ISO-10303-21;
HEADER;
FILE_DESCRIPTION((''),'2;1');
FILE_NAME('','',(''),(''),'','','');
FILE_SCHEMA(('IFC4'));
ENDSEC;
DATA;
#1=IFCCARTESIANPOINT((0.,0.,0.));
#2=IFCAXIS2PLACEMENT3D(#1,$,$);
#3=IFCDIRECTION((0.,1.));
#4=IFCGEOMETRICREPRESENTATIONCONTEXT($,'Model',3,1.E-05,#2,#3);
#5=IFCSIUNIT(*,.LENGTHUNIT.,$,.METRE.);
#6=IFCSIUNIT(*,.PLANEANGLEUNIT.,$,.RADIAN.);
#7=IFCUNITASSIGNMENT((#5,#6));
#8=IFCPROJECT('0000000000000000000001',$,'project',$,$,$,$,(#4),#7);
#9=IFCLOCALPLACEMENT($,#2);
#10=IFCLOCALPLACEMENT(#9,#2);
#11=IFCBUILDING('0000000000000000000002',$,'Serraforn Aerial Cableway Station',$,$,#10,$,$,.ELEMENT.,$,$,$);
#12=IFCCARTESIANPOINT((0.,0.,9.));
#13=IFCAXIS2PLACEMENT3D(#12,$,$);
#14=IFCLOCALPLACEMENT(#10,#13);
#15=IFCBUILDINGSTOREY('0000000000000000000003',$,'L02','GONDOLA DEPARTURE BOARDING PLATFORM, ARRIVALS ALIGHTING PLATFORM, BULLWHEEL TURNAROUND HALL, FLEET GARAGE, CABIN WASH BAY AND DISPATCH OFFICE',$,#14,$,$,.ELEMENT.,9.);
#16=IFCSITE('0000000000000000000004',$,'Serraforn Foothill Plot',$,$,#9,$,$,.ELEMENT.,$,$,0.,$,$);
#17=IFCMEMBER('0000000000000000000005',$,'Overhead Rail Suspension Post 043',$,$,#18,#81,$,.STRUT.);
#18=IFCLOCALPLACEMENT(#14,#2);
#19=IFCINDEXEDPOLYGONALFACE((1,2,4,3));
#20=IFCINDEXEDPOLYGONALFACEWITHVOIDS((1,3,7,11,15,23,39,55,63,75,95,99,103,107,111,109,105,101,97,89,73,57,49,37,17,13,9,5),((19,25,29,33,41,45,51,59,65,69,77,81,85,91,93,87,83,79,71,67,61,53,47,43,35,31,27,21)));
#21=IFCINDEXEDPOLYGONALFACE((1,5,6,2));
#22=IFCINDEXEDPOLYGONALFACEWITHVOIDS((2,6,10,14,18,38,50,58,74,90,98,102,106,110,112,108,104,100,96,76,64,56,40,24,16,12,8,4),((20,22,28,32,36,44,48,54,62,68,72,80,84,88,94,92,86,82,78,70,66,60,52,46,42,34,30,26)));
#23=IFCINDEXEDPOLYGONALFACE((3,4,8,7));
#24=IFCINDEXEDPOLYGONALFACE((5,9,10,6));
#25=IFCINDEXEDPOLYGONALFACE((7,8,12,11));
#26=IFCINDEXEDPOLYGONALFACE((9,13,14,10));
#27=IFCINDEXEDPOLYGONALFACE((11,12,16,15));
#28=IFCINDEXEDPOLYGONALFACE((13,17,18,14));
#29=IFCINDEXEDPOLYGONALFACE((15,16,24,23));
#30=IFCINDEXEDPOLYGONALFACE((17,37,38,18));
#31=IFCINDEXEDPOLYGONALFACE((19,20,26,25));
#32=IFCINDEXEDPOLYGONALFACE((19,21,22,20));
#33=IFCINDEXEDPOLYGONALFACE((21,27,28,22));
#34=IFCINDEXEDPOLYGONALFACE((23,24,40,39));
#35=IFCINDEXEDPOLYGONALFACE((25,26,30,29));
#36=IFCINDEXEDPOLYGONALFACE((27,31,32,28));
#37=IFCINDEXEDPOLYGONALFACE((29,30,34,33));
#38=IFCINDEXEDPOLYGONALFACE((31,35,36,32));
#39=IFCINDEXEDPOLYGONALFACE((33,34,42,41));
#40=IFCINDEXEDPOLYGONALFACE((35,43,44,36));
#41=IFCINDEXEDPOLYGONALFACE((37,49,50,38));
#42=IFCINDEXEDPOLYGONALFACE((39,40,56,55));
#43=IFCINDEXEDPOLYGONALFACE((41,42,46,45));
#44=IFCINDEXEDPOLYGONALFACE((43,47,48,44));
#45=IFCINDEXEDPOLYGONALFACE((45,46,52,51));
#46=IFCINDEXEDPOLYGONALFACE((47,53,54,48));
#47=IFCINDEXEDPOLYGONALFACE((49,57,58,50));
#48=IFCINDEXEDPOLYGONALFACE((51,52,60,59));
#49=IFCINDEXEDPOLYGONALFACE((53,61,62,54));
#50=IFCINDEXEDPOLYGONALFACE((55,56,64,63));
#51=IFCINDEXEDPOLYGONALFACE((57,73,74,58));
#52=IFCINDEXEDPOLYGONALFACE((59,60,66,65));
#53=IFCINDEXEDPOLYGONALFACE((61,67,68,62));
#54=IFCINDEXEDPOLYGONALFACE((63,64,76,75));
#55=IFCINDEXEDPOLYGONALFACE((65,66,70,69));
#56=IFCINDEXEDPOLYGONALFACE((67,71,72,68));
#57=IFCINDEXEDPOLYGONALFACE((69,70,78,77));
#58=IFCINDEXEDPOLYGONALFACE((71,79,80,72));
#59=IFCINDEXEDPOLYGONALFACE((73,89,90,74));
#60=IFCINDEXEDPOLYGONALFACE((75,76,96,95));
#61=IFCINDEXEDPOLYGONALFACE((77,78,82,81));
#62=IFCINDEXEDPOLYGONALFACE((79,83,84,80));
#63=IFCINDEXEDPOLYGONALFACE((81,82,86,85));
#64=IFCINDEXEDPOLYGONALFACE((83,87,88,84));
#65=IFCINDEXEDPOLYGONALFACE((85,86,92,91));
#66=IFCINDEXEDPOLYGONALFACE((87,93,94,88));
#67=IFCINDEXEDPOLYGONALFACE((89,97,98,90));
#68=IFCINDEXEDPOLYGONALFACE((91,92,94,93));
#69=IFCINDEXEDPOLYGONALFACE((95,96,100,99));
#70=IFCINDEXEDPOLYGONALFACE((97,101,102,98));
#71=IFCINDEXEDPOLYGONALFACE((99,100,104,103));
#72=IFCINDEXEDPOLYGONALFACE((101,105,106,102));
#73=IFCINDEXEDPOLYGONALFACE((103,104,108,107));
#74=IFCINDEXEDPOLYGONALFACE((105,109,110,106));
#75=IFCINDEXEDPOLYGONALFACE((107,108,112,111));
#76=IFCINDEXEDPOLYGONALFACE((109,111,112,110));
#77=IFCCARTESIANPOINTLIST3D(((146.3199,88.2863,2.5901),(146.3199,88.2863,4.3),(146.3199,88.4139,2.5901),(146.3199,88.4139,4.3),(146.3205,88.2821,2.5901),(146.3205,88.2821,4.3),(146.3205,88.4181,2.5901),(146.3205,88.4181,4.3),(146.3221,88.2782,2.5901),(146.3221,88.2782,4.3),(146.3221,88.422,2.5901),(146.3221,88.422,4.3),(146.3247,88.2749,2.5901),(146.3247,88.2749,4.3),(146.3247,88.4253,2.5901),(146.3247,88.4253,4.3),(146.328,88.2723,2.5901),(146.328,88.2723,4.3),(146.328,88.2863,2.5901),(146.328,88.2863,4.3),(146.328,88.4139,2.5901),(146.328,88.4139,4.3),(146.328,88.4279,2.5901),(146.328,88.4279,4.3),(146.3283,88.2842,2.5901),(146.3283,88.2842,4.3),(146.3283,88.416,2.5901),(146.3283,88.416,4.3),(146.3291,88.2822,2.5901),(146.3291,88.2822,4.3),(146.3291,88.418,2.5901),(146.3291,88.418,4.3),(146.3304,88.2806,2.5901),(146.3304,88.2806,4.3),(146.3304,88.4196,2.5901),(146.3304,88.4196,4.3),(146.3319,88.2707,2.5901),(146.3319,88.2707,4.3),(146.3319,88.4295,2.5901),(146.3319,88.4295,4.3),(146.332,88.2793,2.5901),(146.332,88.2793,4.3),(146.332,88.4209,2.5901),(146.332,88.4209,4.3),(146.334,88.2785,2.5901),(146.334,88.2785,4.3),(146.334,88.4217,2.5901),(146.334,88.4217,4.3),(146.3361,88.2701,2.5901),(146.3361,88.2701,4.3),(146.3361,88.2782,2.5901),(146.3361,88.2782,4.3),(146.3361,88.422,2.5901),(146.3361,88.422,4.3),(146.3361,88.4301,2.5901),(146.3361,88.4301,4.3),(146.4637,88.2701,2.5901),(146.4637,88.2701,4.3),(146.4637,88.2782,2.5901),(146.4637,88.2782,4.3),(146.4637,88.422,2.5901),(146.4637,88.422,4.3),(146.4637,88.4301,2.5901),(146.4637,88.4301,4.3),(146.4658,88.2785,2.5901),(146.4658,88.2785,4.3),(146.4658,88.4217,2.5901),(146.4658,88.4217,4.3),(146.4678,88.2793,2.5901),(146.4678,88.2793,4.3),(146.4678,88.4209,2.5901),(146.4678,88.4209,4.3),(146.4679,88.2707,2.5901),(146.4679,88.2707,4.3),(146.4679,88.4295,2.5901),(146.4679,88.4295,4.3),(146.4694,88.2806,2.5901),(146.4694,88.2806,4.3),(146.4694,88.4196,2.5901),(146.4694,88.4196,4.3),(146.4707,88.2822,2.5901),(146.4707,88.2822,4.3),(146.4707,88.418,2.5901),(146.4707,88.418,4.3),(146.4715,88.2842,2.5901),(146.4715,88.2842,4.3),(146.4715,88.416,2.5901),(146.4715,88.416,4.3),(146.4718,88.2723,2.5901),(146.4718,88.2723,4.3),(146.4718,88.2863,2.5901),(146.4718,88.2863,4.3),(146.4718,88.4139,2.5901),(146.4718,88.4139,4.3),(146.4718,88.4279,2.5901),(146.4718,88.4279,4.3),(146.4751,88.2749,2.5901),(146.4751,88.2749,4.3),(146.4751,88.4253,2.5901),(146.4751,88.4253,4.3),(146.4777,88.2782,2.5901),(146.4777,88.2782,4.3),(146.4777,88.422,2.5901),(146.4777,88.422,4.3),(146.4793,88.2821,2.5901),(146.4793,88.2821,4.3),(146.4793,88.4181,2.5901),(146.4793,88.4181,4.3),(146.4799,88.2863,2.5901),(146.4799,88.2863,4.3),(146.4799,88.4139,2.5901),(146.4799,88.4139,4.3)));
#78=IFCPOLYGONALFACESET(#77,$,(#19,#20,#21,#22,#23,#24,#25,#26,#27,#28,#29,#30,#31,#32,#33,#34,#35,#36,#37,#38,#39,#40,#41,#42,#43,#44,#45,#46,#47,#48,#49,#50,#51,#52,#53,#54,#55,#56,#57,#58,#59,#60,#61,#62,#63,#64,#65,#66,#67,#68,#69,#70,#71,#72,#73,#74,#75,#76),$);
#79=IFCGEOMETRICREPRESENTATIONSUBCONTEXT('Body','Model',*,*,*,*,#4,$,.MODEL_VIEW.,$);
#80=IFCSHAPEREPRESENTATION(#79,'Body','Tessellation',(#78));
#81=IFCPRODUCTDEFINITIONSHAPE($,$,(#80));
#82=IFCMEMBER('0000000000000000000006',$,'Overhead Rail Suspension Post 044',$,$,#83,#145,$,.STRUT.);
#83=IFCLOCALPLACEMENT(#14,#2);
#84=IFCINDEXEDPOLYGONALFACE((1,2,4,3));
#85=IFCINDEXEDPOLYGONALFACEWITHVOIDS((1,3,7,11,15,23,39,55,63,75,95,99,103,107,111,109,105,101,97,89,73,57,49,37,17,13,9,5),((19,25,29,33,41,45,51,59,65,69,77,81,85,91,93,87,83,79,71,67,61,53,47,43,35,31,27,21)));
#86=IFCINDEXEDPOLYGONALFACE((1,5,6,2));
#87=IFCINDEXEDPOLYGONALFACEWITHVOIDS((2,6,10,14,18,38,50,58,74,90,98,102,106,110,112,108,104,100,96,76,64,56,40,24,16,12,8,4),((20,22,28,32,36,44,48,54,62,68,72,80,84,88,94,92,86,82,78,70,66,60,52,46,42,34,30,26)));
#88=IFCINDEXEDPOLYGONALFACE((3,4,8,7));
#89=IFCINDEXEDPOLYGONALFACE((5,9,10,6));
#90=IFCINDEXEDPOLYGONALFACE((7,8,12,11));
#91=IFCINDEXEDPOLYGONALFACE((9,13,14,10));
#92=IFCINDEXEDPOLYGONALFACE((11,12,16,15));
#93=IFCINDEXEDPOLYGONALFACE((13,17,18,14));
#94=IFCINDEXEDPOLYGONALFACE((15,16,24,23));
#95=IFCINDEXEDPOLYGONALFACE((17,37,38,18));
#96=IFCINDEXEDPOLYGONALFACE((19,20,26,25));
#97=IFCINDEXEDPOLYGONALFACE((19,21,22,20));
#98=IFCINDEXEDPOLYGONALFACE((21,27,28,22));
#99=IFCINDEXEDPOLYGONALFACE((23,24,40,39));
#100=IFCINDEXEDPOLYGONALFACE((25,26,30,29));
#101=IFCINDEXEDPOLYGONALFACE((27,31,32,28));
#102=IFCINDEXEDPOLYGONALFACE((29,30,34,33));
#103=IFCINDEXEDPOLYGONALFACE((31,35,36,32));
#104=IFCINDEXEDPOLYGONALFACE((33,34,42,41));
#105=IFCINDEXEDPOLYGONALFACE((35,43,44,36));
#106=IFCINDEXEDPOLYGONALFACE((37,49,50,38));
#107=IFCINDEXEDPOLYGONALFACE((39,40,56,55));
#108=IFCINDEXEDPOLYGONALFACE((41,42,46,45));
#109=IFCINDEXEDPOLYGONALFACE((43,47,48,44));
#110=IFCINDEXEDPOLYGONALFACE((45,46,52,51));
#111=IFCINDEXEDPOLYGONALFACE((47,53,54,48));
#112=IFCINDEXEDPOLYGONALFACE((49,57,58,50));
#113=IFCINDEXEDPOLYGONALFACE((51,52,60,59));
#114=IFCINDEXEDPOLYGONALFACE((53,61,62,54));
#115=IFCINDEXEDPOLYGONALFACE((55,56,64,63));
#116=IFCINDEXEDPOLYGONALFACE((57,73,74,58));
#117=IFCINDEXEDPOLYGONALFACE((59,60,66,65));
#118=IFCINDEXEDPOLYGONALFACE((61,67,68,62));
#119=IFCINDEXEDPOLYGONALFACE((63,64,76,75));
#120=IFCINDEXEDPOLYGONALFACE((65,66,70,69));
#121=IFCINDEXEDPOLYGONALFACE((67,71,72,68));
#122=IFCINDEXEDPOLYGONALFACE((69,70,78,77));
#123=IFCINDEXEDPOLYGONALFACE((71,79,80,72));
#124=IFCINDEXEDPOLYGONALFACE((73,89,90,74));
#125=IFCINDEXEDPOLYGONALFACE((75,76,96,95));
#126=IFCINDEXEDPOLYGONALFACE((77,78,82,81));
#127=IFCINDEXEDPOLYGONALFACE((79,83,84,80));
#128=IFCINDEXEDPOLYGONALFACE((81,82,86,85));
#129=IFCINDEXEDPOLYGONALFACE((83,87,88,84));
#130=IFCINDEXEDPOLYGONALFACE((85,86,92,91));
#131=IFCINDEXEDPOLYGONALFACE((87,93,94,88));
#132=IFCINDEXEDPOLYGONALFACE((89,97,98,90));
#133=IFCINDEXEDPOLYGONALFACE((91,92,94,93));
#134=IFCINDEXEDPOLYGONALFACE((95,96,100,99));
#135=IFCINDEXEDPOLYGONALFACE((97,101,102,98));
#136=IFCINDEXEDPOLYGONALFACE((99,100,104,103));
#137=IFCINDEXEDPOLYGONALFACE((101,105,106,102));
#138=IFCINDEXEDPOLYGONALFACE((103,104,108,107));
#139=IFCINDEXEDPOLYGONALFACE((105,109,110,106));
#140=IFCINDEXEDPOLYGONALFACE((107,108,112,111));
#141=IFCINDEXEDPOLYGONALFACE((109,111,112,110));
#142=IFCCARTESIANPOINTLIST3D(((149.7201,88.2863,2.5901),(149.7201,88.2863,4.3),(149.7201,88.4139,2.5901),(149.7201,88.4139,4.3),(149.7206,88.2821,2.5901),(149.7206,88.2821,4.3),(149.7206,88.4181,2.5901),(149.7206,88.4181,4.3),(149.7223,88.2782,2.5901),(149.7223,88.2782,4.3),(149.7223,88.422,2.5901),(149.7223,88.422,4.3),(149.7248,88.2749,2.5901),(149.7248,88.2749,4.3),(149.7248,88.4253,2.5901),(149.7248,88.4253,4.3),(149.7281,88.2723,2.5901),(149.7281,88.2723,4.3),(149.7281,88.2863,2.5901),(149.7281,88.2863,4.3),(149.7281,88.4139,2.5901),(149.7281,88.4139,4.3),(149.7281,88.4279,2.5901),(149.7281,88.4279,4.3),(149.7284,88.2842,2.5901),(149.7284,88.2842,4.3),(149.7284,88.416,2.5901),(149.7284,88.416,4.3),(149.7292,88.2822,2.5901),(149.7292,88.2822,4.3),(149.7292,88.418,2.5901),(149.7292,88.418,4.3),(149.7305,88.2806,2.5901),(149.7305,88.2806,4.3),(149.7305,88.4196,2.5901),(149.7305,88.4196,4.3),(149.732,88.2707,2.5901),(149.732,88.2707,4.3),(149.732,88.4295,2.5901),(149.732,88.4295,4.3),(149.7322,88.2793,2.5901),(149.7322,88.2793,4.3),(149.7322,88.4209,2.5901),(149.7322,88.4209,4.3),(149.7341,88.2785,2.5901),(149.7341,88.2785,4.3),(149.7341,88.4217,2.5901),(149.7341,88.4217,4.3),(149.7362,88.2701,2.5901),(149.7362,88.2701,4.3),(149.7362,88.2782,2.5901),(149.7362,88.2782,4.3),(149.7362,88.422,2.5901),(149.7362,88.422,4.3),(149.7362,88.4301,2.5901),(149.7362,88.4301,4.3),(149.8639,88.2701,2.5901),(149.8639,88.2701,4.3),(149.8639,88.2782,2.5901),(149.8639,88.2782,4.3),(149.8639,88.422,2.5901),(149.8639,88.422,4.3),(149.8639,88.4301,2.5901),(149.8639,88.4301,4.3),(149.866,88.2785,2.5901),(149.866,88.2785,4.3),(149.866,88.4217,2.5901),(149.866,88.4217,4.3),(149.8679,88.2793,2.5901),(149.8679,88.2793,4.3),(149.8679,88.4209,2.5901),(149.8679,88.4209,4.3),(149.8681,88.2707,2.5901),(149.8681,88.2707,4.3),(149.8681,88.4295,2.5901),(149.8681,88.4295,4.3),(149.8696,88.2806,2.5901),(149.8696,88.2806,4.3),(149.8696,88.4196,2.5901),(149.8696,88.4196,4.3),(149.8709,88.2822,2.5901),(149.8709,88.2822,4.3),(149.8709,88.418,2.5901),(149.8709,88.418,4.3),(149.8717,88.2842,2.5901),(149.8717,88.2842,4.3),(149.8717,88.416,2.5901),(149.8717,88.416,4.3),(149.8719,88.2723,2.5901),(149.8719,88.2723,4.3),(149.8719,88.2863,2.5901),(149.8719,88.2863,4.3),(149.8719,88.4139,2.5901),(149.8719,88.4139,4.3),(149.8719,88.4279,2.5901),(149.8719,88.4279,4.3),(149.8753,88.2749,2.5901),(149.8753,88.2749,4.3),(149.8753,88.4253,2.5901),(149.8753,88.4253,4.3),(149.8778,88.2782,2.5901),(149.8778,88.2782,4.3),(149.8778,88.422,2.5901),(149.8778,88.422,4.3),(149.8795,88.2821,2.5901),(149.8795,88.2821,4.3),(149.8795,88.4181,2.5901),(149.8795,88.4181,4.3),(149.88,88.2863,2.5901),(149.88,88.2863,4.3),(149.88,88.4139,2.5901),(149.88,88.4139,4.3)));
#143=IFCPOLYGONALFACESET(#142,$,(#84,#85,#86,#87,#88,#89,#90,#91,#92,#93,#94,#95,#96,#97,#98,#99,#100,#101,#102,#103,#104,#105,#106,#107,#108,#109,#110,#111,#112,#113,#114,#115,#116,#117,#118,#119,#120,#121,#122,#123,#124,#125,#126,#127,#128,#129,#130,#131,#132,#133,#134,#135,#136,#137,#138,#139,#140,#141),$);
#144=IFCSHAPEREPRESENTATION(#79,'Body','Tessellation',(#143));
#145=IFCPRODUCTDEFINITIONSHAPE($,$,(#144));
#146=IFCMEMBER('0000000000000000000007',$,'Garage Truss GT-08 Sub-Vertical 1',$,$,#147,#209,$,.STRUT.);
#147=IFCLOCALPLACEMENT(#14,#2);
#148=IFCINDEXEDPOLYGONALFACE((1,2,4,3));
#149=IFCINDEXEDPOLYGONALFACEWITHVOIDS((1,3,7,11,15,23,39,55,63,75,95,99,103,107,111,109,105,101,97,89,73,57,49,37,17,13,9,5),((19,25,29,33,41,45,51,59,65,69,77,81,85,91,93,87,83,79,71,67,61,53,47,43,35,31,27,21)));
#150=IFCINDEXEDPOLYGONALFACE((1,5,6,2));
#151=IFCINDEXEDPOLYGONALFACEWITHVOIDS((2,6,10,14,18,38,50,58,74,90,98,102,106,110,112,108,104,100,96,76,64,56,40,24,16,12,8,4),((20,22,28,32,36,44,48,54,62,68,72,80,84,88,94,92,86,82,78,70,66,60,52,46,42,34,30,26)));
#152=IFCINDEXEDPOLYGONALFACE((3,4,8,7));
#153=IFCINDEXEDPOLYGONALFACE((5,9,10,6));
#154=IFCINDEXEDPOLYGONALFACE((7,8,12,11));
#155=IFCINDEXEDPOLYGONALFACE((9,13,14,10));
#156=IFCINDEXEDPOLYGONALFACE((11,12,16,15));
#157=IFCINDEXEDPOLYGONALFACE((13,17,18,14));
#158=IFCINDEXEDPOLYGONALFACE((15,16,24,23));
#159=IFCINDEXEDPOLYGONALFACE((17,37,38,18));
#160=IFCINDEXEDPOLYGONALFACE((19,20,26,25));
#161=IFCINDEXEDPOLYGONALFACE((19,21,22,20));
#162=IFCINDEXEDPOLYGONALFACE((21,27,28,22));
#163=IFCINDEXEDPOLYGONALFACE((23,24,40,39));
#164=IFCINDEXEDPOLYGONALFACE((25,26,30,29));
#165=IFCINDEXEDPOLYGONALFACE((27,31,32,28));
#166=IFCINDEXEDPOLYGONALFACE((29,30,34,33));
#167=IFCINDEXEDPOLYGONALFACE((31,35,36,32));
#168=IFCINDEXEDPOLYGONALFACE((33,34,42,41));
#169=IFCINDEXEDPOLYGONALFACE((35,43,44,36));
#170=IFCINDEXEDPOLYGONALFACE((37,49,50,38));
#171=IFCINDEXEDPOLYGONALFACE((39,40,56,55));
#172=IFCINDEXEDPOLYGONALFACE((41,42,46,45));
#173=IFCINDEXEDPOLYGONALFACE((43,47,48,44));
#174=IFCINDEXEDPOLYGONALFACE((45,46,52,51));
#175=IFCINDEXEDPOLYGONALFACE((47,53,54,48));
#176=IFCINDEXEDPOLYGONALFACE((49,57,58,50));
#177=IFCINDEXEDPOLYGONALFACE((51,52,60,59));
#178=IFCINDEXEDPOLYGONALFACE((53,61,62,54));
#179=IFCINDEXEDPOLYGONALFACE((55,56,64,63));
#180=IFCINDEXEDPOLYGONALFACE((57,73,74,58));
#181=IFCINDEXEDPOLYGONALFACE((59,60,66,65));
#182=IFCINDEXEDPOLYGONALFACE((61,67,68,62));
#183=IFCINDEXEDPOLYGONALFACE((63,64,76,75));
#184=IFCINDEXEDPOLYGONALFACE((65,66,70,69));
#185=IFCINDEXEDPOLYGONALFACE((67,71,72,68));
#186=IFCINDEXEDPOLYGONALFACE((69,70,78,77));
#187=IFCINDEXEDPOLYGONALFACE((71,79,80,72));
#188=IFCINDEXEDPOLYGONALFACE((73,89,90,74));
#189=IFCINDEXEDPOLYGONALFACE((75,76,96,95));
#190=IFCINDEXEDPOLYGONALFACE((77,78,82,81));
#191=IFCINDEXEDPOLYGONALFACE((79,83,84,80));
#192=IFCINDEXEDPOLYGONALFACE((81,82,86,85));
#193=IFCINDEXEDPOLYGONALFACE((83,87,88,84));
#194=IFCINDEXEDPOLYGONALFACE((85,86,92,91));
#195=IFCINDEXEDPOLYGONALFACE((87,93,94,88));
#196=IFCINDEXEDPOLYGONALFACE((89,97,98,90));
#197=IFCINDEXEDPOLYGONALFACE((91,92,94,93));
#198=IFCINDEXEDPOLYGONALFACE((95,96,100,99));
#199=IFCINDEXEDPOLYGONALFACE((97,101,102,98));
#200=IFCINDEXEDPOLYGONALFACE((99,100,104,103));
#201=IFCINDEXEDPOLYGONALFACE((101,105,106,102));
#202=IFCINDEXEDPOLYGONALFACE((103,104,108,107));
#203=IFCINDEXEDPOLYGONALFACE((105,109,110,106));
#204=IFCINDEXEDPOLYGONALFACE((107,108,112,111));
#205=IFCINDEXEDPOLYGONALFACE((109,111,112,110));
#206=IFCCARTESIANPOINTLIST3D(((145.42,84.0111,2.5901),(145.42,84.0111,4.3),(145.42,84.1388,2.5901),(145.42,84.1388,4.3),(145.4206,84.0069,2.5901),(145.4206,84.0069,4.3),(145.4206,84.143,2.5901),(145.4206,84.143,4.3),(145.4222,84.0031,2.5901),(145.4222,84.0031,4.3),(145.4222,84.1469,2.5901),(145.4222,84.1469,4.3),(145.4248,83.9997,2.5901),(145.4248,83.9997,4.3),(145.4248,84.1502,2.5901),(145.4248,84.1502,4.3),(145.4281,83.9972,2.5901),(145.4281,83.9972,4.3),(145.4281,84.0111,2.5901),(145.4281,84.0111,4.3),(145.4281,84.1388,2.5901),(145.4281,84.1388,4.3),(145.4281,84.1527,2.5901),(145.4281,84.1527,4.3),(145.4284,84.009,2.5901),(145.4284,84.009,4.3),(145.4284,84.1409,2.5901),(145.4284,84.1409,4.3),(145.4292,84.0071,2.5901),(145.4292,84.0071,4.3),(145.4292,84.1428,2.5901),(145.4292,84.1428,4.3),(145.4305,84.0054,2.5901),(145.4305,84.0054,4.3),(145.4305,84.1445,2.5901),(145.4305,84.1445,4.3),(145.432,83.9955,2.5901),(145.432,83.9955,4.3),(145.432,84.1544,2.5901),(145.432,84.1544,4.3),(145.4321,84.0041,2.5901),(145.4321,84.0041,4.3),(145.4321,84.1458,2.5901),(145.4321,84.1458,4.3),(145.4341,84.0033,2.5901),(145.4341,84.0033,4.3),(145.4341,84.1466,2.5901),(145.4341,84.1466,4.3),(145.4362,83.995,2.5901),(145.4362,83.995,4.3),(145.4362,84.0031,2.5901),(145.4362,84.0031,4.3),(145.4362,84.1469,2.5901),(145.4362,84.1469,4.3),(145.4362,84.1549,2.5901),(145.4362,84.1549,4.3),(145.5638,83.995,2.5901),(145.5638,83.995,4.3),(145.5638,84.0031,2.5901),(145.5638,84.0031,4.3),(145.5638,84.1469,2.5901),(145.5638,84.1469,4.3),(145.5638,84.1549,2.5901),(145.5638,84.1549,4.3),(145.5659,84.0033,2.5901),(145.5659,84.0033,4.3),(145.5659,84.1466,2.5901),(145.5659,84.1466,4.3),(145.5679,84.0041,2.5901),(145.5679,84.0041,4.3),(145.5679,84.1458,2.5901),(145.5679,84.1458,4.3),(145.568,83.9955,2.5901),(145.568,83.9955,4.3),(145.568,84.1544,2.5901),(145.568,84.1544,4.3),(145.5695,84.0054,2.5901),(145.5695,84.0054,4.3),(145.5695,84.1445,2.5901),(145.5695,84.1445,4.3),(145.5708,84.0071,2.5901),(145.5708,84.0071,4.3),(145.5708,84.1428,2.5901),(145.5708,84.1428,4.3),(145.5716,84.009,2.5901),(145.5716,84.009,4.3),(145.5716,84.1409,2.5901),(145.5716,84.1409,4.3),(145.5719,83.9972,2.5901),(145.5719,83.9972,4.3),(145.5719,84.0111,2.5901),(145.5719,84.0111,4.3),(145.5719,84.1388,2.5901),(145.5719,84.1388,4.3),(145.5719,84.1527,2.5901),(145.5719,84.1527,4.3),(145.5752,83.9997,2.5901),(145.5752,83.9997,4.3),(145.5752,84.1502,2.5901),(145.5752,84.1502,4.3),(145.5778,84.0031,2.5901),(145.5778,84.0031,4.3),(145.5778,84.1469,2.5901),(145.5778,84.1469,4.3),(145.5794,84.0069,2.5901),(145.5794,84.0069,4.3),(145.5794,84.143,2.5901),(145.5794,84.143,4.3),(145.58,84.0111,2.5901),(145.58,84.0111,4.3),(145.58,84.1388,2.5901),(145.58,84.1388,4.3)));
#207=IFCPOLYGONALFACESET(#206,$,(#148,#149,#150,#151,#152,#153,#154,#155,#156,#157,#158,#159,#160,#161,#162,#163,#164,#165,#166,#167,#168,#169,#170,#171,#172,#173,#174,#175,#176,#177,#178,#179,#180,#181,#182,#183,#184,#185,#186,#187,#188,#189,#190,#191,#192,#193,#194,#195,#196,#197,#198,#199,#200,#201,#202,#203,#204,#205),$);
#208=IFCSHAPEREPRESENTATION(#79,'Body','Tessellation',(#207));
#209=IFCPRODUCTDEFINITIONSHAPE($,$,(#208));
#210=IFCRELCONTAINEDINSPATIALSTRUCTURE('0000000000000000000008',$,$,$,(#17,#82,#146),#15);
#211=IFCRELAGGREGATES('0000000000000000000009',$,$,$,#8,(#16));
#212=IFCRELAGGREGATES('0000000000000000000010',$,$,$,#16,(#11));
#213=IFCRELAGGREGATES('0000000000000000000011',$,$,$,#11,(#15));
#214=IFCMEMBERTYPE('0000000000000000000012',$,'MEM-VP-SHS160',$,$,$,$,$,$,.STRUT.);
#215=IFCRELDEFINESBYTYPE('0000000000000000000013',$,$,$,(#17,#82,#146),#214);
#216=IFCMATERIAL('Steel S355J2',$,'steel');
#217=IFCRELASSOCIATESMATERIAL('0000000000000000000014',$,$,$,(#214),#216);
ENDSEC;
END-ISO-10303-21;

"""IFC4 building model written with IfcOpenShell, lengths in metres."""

from ifc_helpers import new_model, si_unit, direction, frame, origin, origin_2d, place, context, subcontext, project, spatial, hollow_rectangle, extrude, material, material_profile, profile_set, type_object, element, save


model = new_model("IFC4")

# Units and contexts
model_context = context("Model", 3, precision=1e-05, world=origin(), true_north=direction((0.0, 1.0)))
body_context = subcontext(model_context, "Body", "Model", "MODEL_VIEW")
ifc_project = project(units=[si_unit("LENGTHUNIT", "METRE"), si_unit("PLANEANGLEUNIT", "RADIAN")], contexts=[model_context])

# Site, building, storey
site_placement = place(None, origin())
site = spatial("IfcSite", under=ifc_project, at=site_placement, Name="Serraforn Foothill Plot", CompositionType="ELEMENT", RefElevation=0.0)
building_placement = place(site_placement, origin())
building = spatial("IfcBuilding", under=site, at=building_placement, Name="Serraforn Aerial Cableway Station", CompositionType="ELEMENT")
storey_placement = place(building_placement, frame((0.0, 0.0, 9.0)))
storey = spatial("IfcBuildingStorey", under=building, at=storey_placement, Name="L02", Description="GONDOLA DEPARTURE BOARDING PLATFORM, ARRIVALS ALIGHTING PLATFORM, BULLWHEEL TURNAROUND HALL, FLEET GARAGE, CABIN WASH BAY AND DISPATCH OFFICE", CompositionType="ELEMENT", Elevation=9.0)

# Members
ifc_material_1 = material(Name="Steel S355J2", Category="steel")
ifc_material_profile_1 = material_profile(ifc_material_1, hollow_rectangle(XDim=0.1599, YDim=0.1599, WallThickness=0.0081, InnerFilletRadius=0.0081, OuterFilletRadius=0.0161, at=origin_2d()), Name="SHS 160x160x8.0")
ifc_profile_set_1 = profile_set([ifc_material_profile_1], Name="Steel S355J2")
member_type_1 = type_object("IfcMemberType", Name="MEM-VP-SHS160", PredefinedType="STRUT", material=ifc_profile_set_1)
for number, where, z_axis, x_axis, name in (
    (1, (146.3999, 88.3501, 2.5901), (0.0, 0.0, 1.0), (1.0, 0.0, 0.0), "Overhead Rail Suspension Post 043"),
    (2, (149.8, 88.3501, 2.5901), (0.0, 0.0, 1.0), (1.0, 0.0, 0.0), "Overhead Rail Suspension Post 044"),
    (3, (145.5, 84.075, 2.5901), (0.0, 0.0, 1.0), (1.0, 0.0, 0.0), "Garage Truss GT-08 Sub-Vertical 1"),
):
    element("IfcMember", number, at=place(storey_placement, frame(where, z_axis=z_axis, x_axis=x_axis)), inside=storey, type_object=member_type_1, Name=name, PredefinedType="STRUT", context=body_context, shape_type="SweptSolid", body=[
        extrude(hollow_rectangle(XDim=0.1599, YDim=0.1599, WallThickness=0.0081, InnerFilletRadius=0.0081, OuterFilletRadius=0.0161, at=origin_2d()), origin(), (0.0, 0.0, 1.0), 1.71),
    ])

save(model, "model.ifc")
